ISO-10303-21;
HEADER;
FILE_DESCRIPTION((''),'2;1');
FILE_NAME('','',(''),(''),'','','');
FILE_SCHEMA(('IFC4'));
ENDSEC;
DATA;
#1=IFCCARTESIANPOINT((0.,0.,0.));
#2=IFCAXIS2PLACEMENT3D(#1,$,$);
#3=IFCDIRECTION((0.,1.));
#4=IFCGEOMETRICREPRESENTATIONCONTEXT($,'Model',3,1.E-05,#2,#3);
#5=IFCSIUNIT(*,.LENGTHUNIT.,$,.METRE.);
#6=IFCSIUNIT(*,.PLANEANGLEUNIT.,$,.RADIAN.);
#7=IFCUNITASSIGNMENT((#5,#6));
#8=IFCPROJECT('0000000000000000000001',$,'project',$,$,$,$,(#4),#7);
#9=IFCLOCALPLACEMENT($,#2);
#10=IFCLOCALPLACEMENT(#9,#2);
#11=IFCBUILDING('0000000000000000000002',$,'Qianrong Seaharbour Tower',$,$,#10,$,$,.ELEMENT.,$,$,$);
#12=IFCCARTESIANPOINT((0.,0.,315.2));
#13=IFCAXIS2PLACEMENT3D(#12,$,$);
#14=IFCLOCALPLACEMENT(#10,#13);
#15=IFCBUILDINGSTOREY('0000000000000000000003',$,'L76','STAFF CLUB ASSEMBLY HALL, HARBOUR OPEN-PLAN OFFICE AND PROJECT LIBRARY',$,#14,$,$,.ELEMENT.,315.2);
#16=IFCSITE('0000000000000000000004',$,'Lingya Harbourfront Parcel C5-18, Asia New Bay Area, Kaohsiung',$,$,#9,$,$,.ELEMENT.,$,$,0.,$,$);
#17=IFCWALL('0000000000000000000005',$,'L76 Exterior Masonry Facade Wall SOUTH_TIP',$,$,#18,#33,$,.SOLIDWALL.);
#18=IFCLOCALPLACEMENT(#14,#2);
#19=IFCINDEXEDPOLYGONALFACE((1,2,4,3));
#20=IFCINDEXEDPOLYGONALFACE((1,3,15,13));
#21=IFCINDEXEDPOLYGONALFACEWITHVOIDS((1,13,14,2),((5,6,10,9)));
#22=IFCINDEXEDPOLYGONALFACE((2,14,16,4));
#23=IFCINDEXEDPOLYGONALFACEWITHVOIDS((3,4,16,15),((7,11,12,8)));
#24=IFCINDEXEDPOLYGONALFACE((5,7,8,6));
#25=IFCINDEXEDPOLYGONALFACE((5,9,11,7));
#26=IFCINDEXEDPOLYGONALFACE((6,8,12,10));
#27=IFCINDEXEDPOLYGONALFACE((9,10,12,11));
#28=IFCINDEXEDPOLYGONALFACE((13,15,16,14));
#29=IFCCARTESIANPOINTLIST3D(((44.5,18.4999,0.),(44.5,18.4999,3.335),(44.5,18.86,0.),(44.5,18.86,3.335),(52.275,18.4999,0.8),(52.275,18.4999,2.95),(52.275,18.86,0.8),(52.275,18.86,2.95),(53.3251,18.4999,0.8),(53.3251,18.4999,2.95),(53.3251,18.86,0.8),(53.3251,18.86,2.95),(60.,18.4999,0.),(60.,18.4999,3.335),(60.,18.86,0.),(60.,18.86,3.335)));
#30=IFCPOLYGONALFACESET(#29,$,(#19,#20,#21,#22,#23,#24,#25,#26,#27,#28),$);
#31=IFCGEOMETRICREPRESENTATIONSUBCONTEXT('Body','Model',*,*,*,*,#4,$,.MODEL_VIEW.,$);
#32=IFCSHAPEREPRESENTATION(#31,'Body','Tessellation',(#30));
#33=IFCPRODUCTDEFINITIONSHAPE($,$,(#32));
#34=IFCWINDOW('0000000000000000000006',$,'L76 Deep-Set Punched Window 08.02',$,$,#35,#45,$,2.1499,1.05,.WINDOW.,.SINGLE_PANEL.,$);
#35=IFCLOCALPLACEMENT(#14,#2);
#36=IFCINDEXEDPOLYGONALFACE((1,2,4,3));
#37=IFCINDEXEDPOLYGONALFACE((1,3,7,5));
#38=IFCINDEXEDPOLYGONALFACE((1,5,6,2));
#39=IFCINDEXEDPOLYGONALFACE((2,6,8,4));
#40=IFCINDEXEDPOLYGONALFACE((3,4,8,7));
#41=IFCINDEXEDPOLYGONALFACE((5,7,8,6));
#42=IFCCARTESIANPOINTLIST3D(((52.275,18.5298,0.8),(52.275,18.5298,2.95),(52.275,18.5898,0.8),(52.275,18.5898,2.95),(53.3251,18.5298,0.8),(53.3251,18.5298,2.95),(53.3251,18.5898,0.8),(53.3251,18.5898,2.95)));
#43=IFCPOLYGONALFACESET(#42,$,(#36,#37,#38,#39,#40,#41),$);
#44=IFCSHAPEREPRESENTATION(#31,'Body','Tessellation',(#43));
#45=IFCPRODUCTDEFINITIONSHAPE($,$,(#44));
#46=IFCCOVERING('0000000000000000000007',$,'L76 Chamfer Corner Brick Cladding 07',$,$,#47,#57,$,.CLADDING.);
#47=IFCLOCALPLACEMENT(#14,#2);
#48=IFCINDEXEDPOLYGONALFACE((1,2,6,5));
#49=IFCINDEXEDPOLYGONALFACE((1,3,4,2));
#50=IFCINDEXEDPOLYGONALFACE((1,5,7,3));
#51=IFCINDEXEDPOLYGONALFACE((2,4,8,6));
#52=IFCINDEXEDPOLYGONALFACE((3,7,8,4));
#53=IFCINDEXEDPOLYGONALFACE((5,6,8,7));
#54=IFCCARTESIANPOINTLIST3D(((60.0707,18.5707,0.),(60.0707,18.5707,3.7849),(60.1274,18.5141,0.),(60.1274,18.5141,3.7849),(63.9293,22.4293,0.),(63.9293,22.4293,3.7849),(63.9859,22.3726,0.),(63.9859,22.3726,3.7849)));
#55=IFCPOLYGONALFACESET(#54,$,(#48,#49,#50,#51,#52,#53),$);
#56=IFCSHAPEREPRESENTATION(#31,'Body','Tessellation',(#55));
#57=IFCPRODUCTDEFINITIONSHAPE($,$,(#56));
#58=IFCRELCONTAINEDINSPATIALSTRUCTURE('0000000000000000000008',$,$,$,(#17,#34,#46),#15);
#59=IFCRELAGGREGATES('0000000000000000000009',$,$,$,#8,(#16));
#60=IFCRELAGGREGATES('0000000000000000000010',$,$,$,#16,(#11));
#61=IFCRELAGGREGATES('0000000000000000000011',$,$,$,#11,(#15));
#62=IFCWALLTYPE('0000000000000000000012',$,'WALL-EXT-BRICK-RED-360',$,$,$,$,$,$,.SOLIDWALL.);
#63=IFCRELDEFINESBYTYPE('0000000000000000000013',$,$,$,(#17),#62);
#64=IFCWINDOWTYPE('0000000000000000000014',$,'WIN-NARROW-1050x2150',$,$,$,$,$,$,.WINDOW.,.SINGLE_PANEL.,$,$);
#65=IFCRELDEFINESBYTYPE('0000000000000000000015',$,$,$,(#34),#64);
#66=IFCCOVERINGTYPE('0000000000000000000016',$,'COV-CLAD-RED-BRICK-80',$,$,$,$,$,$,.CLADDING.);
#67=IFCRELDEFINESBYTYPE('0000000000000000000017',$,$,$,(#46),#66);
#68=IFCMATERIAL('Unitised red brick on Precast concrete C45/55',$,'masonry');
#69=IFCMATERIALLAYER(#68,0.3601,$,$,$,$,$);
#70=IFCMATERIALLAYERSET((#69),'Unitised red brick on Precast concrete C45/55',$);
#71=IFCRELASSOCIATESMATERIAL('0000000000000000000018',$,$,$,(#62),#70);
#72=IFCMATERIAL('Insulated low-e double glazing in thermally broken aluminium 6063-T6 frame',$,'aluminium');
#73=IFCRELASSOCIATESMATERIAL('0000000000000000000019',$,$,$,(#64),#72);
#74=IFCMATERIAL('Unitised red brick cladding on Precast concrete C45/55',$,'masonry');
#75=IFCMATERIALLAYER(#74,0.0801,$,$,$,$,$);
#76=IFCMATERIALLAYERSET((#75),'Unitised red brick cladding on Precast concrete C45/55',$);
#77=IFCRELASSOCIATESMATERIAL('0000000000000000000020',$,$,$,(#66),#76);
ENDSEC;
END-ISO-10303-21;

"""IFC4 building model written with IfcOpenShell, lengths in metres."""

from ifc_helpers import new_model, si_unit, direction, frame, frame_2d, origin, origin_2d, place, context, subcontext, project, spatial, rectangle, extrude, material, layer, layer_set, type_object, element, fill, save


model = new_model("IFC4")

# Units and contexts
model_context = context("Model", 3, precision=1e-05, world=origin(), true_north=direction((0.0, 1.0)))
body_context = subcontext(model_context, "Body", "Model", "MODEL_VIEW")
ifc_project = project(units=[si_unit("LENGTHUNIT", "METRE"), si_unit("PLANEANGLEUNIT", "RADIAN")], contexts=[model_context])

# Site, building, storey
site_placement = place(None, origin())
site = spatial("IfcSite", under=ifc_project, at=site_placement, Name="Lingya Harbourfront Parcel C5-18, Asia New Bay Area, Kaohsiung", CompositionType="ELEMENT", RefElevation=0.0)
building_placement = place(site_placement, origin())
building = spatial("IfcBuilding", under=site, at=building_placement, Name="Qianrong Seaharbour Tower", CompositionType="ELEMENT")
storey_placement = place(building_placement, frame((0.0, 0.0, 315.2)))
storey = spatial("IfcBuildingStorey", under=building, at=storey_placement, Name="L76", Description="STAFF CLUB ASSEMBLY HALL, HARBOUR OPEN-PLAN OFFICE AND PROJECT LIBRARY", CompositionType="ELEMENT", Elevation=315.2)

# Shared definitions
ifc_material_1 = material(Name="Unitised red brick on Precast concrete C45/55", Category="masonry")
ifc_layer_1 = layer(ifc_material_1, 0.3601)
ifc_layer_set_1 = layer_set([ifc_layer_1], Name="Unitised red brick on Precast concrete C45/55")
wall_type_1 = type_object("IfcWallType", Name="WALL-EXT-BRICK-RED-360", PredefinedType="SOLIDWALL", material=ifc_layer_set_1)
ifc_material_2 = material(Name="Insulated low-e double glazing in thermally broken aluminium 6063-T6 frame", Category="aluminium")
window_type = type_object("IfcWindowType", Name="WIN-NARROW-1050x2150", PartitioningType="SINGLE_PANEL", PredefinedType="WINDOW", material=ifc_material_2)

# Wall, opening, window
wall_1_placement = place(storey_placement, frame((60.0, 18.6799, 0.0), z_axis=(0.0, 0.0, 1.0), x_axis=(-1.0, 0.0, 0.0)))
wall_1 = element("IfcWall", 1, at=wall_1_placement, inside=storey, type_object=wall_type_1, Name="L76 Exterior Masonry Facade Wall SOUTH_TIP", PredefinedType="SOLIDWALL", context=body_context, shape_type="SweptSolid", body=[
    extrude(rectangle(XDim=15.5, YDim=0.3601, at=frame_2d((7.75, 0.0))), origin(), (0.0, 0.0, 1.0), 3.335),
])
opening_1_placement = place(wall_1_placement, frame((6.675, 0.0, 0.8)))
opening_1 = element("IfcOpeningElement", 2, at=opening_1_placement, cuts=wall_1, PredefinedType="OPENING", context=body_context, shape_type="SweptSolid", body=[
    extrude(rectangle(XDim=1.05, YDim=2.1499, at=frame_2d((0.5249, 1.075))), frame((0.0, 0.1899, 0.0), z_axis=(0.0, -1.0, 0.0), x_axis=(1.0, 0.0, 0.0)), (0.0, 0.0, 1.0), 0.3801),
])
window_1_placement = place(opening_1_placement, origin())
window_1 = element("IfcWindow", 3, at=window_1_placement, inside=storey, type_object=window_type, Name="L76 Deep-Set Punched Window 08.02", OverallHeight=2.1499, OverallWidth=1.05, PartitioningType="SINGLE_PANEL", PredefinedType="WINDOW", context=body_context, shape_type="SweptSolid", body=[
    extrude(rectangle(XDim=1.05, YDim=2.1499, at=frame_2d((0.5249, 1.075))), frame((0.0, 0.1501, 0.0), z_axis=(0.0, -1.0, 0.0), x_axis=(1.0, 0.0, 0.0)), (0.0, 0.0, 1.0), 0.0601),
])
fill(opening_1, window_1)

# Covering
ifc_material_3 = material(Name="Unitised red brick cladding on Precast concrete C45/55", Category="masonry")
ifc_layer_2 = layer(ifc_material_3, 0.0801)
ifc_layer_set_2 = layer_set([ifc_layer_2], Name="Unitised red brick cladding on Precast concrete C45/55")
covering_type = type_object("IfcCoveringType", Name="COV-CLAD-RED-BRICK-80", PredefinedType="CLADDING", material=ifc_layer_set_2)
covering_placement = place(storey_placement, frame((62.0283, 20.4717, 0.0), z_axis=(0.0, 0.0, 1.0), x_axis=(-0.707107, -0.707107, 0.0)))
element("IfcCovering", 4, at=covering_placement, inside=storey, type_object=covering_type, Name="L76 Chamfer Corner Brick Cladding 07", PredefinedType="CLADDING", context=body_context, shape_type="SweptSolid", body=[
    extrude(rectangle(XDim=5.4568, YDim=0.0801, at=origin_2d()), origin(), (0.0, 0.0, 1.0), 3.7849),
])

save(model, "model.ifc")
